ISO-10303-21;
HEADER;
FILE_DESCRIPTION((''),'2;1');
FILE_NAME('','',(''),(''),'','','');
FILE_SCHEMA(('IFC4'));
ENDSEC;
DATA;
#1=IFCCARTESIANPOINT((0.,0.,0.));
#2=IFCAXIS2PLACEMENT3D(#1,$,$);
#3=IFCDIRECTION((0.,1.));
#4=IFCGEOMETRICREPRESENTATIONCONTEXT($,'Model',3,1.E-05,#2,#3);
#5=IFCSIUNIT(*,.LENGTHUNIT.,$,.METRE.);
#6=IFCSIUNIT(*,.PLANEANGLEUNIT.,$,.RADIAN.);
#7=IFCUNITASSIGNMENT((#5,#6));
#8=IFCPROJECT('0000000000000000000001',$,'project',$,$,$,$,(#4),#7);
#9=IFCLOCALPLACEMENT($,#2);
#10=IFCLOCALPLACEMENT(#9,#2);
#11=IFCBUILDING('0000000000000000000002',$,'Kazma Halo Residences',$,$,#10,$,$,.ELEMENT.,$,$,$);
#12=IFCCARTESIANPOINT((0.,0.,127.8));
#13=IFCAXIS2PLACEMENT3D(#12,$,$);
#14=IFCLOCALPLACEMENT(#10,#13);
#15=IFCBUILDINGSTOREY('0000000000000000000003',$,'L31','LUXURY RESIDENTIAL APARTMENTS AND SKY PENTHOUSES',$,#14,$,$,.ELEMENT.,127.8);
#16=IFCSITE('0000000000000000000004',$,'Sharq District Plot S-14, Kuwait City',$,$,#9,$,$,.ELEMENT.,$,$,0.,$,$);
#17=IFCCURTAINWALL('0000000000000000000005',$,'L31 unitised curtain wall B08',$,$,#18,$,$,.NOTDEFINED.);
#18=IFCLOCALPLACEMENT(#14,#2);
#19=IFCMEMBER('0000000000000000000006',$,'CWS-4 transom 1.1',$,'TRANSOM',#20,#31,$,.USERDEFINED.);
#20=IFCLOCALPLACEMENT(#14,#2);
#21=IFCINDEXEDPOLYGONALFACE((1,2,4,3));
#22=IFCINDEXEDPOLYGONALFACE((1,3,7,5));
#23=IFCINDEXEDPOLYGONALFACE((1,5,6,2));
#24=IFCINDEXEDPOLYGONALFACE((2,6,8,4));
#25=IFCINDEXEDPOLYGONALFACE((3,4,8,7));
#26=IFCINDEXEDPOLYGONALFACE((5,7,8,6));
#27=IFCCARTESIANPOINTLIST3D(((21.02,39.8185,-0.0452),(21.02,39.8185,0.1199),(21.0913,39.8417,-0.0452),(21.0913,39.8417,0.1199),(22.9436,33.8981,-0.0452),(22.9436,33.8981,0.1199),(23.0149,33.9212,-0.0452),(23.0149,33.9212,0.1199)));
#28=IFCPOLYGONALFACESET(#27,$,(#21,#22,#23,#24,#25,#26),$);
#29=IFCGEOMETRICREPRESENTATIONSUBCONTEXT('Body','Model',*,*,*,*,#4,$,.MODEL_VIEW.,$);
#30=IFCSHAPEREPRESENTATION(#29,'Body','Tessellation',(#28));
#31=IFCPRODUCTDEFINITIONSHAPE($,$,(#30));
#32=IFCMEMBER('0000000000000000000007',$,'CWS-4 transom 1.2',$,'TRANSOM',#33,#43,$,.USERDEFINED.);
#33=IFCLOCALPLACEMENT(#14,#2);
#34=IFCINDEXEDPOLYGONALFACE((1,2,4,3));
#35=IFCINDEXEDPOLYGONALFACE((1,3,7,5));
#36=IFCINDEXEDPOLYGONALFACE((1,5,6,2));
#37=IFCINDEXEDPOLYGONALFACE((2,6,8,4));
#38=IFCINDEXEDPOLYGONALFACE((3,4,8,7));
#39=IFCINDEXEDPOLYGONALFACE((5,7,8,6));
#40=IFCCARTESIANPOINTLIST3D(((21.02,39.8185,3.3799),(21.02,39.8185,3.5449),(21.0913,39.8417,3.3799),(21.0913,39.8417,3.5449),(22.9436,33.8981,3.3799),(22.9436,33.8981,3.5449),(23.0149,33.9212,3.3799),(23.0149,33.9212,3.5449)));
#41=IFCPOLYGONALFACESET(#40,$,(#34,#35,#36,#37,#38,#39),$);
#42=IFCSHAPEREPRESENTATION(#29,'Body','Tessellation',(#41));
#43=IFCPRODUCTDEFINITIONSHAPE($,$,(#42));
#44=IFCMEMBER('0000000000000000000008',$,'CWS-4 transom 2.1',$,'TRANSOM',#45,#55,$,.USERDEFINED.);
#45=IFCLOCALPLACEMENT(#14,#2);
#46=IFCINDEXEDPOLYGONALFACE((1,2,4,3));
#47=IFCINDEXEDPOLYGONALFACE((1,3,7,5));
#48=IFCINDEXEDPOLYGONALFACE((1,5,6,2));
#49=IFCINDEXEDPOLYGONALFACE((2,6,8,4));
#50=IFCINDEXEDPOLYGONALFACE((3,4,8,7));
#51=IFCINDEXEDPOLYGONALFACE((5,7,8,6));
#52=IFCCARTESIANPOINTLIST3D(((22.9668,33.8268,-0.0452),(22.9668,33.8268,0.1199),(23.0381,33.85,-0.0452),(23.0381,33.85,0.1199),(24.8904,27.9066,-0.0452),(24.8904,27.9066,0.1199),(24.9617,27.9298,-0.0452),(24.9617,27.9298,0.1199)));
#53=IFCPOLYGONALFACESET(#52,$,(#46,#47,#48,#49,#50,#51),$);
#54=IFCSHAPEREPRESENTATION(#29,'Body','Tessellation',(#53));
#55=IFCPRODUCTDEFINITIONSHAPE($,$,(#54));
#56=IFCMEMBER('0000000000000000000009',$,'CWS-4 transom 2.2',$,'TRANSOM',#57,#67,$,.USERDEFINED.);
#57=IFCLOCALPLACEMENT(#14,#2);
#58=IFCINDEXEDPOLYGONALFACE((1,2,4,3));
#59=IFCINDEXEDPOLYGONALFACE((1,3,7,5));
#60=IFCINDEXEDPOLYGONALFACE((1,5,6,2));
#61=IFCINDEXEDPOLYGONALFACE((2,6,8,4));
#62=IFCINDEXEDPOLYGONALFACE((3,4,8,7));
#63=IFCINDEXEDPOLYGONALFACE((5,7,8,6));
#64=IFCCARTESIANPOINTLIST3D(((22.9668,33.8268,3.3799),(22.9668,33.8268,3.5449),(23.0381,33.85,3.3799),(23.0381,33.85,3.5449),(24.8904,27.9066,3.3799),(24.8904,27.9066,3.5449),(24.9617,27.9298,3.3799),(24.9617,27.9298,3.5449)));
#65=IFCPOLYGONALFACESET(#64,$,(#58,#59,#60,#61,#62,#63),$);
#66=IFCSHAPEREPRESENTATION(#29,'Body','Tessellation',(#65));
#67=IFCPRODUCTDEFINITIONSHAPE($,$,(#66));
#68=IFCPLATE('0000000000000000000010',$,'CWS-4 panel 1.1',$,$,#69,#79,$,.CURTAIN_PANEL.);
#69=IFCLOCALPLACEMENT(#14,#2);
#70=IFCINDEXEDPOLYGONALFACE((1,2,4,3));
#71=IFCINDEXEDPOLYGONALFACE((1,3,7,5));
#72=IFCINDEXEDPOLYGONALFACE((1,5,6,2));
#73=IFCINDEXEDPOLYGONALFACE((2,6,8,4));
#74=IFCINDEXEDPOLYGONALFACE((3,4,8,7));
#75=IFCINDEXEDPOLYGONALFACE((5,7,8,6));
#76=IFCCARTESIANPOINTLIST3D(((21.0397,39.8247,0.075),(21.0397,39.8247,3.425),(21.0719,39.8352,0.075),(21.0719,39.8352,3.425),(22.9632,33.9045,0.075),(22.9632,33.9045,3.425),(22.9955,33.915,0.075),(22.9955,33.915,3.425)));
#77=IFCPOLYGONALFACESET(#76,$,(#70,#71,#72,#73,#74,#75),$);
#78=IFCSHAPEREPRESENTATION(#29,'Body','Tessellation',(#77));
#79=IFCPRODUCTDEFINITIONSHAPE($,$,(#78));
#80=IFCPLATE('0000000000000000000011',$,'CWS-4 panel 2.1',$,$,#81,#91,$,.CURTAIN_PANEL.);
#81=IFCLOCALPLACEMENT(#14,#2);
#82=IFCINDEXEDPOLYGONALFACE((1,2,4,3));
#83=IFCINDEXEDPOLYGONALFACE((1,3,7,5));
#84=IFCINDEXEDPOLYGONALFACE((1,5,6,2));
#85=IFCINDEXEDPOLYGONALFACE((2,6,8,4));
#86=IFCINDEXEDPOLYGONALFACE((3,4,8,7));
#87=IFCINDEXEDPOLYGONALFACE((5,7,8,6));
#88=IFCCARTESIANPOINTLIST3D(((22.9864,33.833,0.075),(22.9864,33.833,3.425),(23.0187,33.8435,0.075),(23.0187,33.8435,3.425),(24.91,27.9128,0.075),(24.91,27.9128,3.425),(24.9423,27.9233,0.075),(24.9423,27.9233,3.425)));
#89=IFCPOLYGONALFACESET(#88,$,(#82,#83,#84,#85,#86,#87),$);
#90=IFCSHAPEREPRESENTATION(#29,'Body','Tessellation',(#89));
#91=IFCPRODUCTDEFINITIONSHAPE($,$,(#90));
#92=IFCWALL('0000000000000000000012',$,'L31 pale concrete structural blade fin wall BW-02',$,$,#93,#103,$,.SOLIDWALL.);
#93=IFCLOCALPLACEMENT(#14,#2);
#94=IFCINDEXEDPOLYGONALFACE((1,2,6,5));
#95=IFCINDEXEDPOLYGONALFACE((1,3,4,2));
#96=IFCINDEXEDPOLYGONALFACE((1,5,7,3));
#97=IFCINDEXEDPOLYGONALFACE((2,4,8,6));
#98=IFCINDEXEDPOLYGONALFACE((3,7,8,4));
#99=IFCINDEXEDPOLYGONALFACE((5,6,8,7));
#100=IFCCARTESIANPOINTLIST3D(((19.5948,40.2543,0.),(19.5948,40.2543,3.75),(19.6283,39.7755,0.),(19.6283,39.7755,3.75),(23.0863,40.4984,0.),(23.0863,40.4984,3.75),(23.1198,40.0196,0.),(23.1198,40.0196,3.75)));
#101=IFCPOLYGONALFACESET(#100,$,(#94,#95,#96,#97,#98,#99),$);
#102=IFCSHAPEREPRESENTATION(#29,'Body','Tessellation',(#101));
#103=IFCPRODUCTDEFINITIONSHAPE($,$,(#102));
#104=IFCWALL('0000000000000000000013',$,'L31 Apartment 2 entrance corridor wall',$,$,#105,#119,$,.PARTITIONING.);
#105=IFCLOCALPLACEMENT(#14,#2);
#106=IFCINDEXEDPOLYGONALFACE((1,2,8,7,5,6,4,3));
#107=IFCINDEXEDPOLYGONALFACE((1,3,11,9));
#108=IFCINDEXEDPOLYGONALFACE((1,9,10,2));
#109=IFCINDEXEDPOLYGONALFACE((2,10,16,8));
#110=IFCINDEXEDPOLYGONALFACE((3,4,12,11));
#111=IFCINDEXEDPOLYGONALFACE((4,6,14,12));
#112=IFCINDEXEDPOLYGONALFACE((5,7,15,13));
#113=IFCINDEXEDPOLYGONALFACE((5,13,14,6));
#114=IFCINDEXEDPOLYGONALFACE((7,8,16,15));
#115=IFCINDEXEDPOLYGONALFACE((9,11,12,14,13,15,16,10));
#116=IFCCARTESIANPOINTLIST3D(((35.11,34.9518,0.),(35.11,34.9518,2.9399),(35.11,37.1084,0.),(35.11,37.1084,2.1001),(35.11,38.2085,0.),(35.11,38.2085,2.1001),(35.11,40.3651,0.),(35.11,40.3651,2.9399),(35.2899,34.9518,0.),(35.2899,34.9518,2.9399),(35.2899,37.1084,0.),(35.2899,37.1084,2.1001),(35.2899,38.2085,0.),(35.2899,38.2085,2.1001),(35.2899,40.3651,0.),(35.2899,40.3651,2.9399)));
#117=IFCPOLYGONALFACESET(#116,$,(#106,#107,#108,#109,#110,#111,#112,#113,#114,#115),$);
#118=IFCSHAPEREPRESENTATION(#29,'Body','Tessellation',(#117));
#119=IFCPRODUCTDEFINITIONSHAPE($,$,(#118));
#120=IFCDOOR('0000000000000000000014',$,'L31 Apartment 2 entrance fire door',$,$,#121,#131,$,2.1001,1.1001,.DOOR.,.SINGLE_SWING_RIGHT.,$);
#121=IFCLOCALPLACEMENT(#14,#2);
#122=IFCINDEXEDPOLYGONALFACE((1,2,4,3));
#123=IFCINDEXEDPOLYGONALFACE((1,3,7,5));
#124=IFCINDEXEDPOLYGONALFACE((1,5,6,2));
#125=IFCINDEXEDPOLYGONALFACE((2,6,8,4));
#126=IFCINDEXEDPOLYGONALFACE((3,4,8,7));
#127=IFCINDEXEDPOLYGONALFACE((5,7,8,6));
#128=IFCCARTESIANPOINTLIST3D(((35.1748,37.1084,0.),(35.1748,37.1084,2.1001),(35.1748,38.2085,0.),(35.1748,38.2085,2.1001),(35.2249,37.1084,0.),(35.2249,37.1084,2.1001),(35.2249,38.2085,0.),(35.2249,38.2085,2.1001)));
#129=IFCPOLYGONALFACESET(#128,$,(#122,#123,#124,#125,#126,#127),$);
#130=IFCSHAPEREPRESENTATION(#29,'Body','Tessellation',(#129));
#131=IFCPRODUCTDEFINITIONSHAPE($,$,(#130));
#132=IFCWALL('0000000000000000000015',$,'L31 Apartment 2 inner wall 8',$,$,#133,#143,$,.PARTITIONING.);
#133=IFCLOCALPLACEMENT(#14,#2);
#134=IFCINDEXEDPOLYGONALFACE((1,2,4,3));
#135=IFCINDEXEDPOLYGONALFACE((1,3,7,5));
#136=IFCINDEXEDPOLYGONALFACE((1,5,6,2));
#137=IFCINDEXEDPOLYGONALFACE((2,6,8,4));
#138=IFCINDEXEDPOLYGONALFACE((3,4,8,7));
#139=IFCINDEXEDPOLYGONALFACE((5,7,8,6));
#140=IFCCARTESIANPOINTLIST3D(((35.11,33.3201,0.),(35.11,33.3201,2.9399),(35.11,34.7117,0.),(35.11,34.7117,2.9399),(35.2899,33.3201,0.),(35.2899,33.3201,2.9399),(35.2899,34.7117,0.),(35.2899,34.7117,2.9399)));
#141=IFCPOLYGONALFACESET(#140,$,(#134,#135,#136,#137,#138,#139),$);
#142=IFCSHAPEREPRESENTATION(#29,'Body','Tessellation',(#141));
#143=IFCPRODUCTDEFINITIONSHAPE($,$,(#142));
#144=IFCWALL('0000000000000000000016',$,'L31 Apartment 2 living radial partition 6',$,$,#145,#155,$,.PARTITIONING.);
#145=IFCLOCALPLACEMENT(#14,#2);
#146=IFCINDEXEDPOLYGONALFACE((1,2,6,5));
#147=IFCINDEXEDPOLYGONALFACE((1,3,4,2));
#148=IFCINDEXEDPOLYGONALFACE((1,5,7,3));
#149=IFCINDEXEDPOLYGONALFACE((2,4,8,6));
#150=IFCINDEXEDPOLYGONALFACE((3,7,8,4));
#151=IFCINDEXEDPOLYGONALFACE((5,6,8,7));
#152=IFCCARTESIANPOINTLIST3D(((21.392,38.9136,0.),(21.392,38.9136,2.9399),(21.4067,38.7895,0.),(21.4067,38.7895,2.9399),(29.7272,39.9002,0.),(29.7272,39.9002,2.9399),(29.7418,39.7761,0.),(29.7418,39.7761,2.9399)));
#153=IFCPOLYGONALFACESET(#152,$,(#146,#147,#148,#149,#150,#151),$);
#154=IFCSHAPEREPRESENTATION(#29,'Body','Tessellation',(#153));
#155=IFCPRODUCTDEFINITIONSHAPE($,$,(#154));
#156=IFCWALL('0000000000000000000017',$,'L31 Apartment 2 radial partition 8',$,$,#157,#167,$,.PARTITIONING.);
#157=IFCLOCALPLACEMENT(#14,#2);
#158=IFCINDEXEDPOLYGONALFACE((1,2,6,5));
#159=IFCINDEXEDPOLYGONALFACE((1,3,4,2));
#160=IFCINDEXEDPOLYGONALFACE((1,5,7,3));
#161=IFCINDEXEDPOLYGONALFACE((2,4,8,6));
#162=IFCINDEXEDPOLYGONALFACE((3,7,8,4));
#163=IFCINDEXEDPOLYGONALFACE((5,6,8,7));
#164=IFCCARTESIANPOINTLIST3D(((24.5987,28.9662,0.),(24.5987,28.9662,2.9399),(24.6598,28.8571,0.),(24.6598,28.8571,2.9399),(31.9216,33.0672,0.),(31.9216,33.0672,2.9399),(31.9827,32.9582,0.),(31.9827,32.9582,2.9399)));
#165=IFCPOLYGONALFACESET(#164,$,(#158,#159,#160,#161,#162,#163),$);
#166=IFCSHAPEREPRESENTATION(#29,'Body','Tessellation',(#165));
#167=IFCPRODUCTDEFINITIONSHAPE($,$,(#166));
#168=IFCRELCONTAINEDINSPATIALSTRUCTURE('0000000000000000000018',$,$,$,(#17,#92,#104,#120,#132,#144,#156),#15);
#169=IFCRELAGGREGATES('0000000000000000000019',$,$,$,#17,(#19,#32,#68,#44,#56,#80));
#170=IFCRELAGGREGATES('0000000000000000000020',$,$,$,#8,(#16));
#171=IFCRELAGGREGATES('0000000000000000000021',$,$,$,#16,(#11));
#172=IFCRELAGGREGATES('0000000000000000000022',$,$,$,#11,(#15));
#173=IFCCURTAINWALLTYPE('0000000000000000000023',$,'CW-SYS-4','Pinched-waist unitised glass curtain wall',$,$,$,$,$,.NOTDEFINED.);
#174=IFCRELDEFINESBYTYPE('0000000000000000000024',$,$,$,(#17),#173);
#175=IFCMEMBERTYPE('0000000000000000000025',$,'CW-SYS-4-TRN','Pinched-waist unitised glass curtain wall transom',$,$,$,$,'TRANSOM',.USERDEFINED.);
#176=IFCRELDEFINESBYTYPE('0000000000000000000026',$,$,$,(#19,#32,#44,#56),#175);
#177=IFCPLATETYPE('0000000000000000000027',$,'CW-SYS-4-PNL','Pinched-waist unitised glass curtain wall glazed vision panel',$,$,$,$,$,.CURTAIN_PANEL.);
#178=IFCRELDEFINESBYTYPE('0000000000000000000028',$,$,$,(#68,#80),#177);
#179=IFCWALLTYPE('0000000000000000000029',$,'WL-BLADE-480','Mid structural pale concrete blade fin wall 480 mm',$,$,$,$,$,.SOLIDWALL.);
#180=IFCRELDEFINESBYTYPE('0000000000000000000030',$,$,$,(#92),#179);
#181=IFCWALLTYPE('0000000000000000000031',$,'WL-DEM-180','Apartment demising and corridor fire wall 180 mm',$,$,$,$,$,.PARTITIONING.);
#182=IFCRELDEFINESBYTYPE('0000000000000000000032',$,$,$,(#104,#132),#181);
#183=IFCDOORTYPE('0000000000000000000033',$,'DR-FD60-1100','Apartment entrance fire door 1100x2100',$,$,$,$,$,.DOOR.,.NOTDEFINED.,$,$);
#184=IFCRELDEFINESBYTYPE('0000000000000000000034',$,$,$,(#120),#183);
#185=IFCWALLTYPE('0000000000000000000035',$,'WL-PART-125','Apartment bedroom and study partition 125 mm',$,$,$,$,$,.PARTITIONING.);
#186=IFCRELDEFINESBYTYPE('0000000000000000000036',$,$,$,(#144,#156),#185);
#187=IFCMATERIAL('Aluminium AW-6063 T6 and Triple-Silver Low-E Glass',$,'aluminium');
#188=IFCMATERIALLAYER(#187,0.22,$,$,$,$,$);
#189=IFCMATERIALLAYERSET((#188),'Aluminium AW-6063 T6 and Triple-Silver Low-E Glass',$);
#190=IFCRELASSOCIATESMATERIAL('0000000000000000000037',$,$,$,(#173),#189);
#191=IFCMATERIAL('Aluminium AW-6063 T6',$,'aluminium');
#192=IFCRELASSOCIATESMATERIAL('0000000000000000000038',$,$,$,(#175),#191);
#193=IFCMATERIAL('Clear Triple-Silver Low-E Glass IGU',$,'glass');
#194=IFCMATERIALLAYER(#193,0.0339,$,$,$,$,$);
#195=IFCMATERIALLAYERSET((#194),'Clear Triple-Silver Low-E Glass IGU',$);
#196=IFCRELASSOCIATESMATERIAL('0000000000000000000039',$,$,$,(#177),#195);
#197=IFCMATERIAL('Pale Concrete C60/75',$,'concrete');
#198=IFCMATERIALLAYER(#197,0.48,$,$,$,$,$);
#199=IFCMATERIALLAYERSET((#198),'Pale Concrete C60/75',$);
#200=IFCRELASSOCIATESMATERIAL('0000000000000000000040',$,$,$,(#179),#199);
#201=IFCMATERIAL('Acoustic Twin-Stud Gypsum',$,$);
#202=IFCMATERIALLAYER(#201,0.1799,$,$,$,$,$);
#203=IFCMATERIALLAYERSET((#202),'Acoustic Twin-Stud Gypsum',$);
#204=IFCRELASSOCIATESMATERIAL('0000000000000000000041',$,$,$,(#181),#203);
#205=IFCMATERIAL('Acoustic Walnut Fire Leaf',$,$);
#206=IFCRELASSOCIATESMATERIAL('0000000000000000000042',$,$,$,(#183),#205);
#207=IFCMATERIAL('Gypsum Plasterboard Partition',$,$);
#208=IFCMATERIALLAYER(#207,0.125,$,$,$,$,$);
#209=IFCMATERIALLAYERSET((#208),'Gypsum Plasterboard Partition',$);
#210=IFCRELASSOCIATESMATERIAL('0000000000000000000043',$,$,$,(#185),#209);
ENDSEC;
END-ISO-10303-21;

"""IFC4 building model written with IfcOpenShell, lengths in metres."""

from ifc_helpers import new_model, si_unit, direction, frame, frame_2d, origin, origin_2d, place, context, subcontext, project, spatial, rectangle, extrude, material, layer, layer_set, material_profile, profile_set, type_object, element, fill, aggregate, save


model = new_model("IFC4")

# Units and contexts
model_context = context("Model", 3, precision=1e-05, world=origin(), true_north=direction((0.0, 1.0)))
body_context = subcontext(model_context, "Body", "Model", "MODEL_VIEW")
ifc_project = project(units=[si_unit("LENGTHUNIT", "METRE"), si_unit("PLANEANGLEUNIT", "RADIAN")], contexts=[model_context])

# Site, building, storey
site_placement = place(None, origin())
site = spatial("IfcSite", under=ifc_project, at=site_placement, Name="Sharq District Plot S-14, Kuwait City", CompositionType="ELEMENT", RefElevation=0.0)
building_placement = place(site_placement, origin())
building = spatial("IfcBuilding", under=site, at=building_placement, Name="Kazma Halo Residences", CompositionType="ELEMENT")
storey_placement = place(building_placement, frame((0.0, 0.0, 127.8)))
storey = spatial("IfcBuildingStorey", under=building, at=storey_placement, Name="L31", Description="LUXURY RESIDENTIAL APARTMENTS AND SKY PENTHOUSES", CompositionType="ELEMENT", Elevation=127.8)

# Shared definitions
ifc_material_1 = material(Name="Aluminium AW-6063 T6 and Triple-Silver Low-E Glass", Category="aluminium")
ifc_layer_1 = layer(ifc_material_1, 0.22)
ifc_layer_set_1 = layer_set([ifc_layer_1], Name="Aluminium AW-6063 T6 and Triple-Silver Low-E Glass")
curtain_wall_type = type_object("IfcCurtainWallType", Name="CW-SYS-4", Description="Pinched-waist unitised glass curtain wall", PredefinedType="NOTDEFINED", material=ifc_layer_set_1)
ifc_material_2 = material(Name="Aluminium AW-6063 T6", Category="aluminium")

# Curtain wall, members, plates
curtain_wall_1_placement = place(storey_placement, origin())
curtain_wall_1 = element("IfcCurtainWall", 1, at=curtain_wall_1_placement, inside=storey, type_object=curtain_wall_type, Name="L31 unitised curtain wall B08", PredefinedType="NOTDEFINED")
ifc_material_profile_1 = material_profile(ifc_material_2, rectangle(XDim=0.075, YDim=0.165, at=origin_2d()), Name="CWT-75x165")
ifc_profile_set_1 = profile_set([ifc_material_profile_1], Name="Aluminium AW-6063 T6")
member_type_1 = type_object("IfcMemberType", Name="CW-SYS-4-TRN", Description="Pinched-waist unitised glass curtain wall transom", ElementType="TRANSOM", PredefinedType="USERDEFINED", material=ifc_profile_set_1)
member_1_placement = place(storey_placement, frame((21.0557, 39.8301, 0.0374), z_axis=(0.309006, -0.95106, 0.0), x_axis=(0.95106, 0.309006, 0.0)))
member_1 = element("IfcMember", 2, at=member_1_placement, type_object=member_type_1, Name="CWS-4 transom 1.1", ObjectType="TRANSOM", PredefinedType="USERDEFINED", context=body_context, shape_type="SweptSolid", body=[
    extrude(rectangle(XDim=0.075, YDim=0.165, at=origin_2d()), origin(), (0.0, 0.0, 1.0), 6.2251),
])
member_2_placement = place(storey_placement, frame((21.0557, 39.8301, 3.4624), z_axis=(0.309006, -0.95106, 0.0), x_axis=(0.95106, 0.309006, 0.0)))
member_2 = element("IfcMember", 3, at=member_2_placement, type_object=member_type_1, Name="CWS-4 transom 1.2", ObjectType="TRANSOM", PredefinedType="USERDEFINED", context=body_context, shape_type="SweptSolid", body=[
    extrude(rectangle(XDim=0.075, YDim=0.165, at=origin_2d()), origin(), (0.0, 0.0, 1.0), 6.2251),
])
member_3_placement = place(storey_placement, frame((23.0024, 33.8384, 0.0374), z_axis=(0.309018, -0.951056, 0.0), x_axis=(0.951056, 0.309018, 0.0)))
member_3 = element("IfcMember", 4, at=member_3_placement, type_object=member_type_1, Name="CWS-4 transom 2.1", ObjectType="TRANSOM", PredefinedType="USERDEFINED", context=body_context, shape_type="SweptSolid", body=[
    extrude(rectangle(XDim=0.075, YDim=0.165, at=origin_2d()), origin(), (0.0, 0.0, 1.0), 6.2249),
])
member_4_placement = place(storey_placement, frame((23.0024, 33.8384, 3.4624), z_axis=(0.309018, -0.951056, 0.0), x_axis=(0.951056, 0.309018, 0.0)))
member_4 = element("IfcMember", 5, at=member_4_placement, type_object=member_type_1, Name="CWS-4 transom 2.2", ObjectType="TRANSOM", PredefinedType="USERDEFINED", context=body_context, shape_type="SweptSolid", body=[
    extrude(rectangle(XDim=0.075, YDim=0.165, at=origin_2d()), origin(), (0.0, 0.0, 1.0), 6.2249),
])
ifc_material_3 = material(Name="Clear Triple-Silver Low-E Glass IGU", Category="glass")
ifc_layer_2 = layer(ifc_material_3, 0.0339)
ifc_layer_set_2 = layer_set([ifc_layer_2], Name="Clear Triple-Silver Low-E Glass IGU")
plate_type = type_object("IfcPlateType", Name="CW-SYS-4-PNL", Description="Pinched-waist unitised glass curtain wall glazed vision panel", PredefinedType="CURTAIN_PANEL", material=ifc_layer_set_2)
plate_1_placement = place(storey_placement, frame((22.0176, 36.8699, 0.075), z_axis=(0.0, 0.0, 1.0), x_axis=(0.309014, -0.951058, 0.0)))
plate_1 = element("IfcPlate", 6, at=plate_1_placement, type_object=plate_type, Name="CWS-4 panel 1.1", PredefinedType="CURTAIN_PANEL", context=body_context, shape_type="SweptSolid", body=[
    extrude(rectangle(XDim=6.2249, YDim=0.0339, at=origin_2d()), origin(), (0.0, 0.0, 1.0), 3.3501),
])
plate_2_placement = place(storey_placement, frame((23.9644, 30.8782, 0.075), z_axis=(0.0, 0.0, 1.0), x_axis=(0.309014, -0.951058, 0.0)))
plate_2 = element("IfcPlate", 7, at=plate_2_placement, type_object=plate_type, Name="CWS-4 panel 2.1", PredefinedType="CURTAIN_PANEL", context=body_context, shape_type="SweptSolid", body=[
    extrude(rectangle(XDim=6.2249, YDim=0.0339, at=origin_2d()), origin(), (0.0, 0.0, 1.0), 3.3501),
])
aggregate(curtain_wall_1, [member_1, member_2, plate_1, member_3, member_4, plate_2])

# Wall
ifc_material_4 = material(Name="Pale Concrete C60/75", Category="concrete")
ifc_layer_3 = layer(ifc_material_4, 0.48)
ifc_layer_set_3 = layer_set([ifc_layer_3], Name="Pale Concrete C60/75")
wall_type_1 = type_object("IfcWallType", Name="WL-BLADE-480", Description="Mid structural pale concrete blade fin wall 480 mm", PredefinedType="SOLIDWALL", material=ifc_layer_set_3)
wall_1_placement = place(storey_placement, frame((23.103, 40.259, 0.0), z_axis=(0.0, 0.0, 1.0), x_axis=(-0.997564, -0.069755, 0.0)))
element("IfcWall", 8, at=wall_1_placement, inside=storey, type_object=wall_type_1, Name="L31 pale concrete structural blade fin wall BW-02", PredefinedType="SOLIDWALL", context=body_context, shape_type="SweptSolid", body=[
    extrude(rectangle(XDim=3.5, YDim=0.48, at=frame_2d((1.75, 0.0))), origin(), (0.0, 0.0, 1.0), 3.75),
])

# Wall, opening, door
ifc_material_5 = material(Name="Acoustic Twin-Stud Gypsum")
ifc_layer_4 = layer(ifc_material_5, 0.1799)
ifc_layer_set_4 = layer_set([ifc_layer_4], Name="Acoustic Twin-Stud Gypsum")
wall_type_2 = type_object("IfcWallType", Name="WL-DEM-180", Description="Apartment demising and corridor fire wall 180 mm", PredefinedType="PARTITIONING", material=ifc_layer_set_4)
wall_2_placement = place(storey_placement, frame((35.2, 40.365, 0.0), z_axis=(0.0, 0.0, 1.0), x_axis=(0.0, -1.0, 0.0)))
wall_2 = element("IfcWall", 9, at=wall_2_placement, inside=storey, type_object=wall_type_2, Name="L31 Apartment 2 entrance corridor wall", PredefinedType="PARTITIONING", context=body_context, shape_type="SweptSolid", body=[
    extrude(rectangle(XDim=5.4133, YDim=0.1799, at=frame_2d((2.7065, 0.0))), origin(), (0.0, 0.0, 1.0), 2.9399),
])
opening_1_placement = place(wall_2_placement, frame((2.1565, 0.0, 0.0)))
opening_1 = element("IfcOpeningElement", 10, at=opening_1_placement, cuts=wall_2, PredefinedType="OPENING", context=body_context, shape_type="SweptSolid", body=[
    extrude(rectangle(XDim=1.1001, YDim=2.1001, at=frame_2d((0.55, 1.05))), frame((0.0, 0.0999, 0.0), z_axis=(0.0, -1.0, 0.0), x_axis=(1.0, 0.0, 0.0)), (0.0, 0.0, 1.0), 0.2),
])
ifc_material_6 = material(Name="Acoustic Walnut Fire Leaf")
door_type_1 = type_object("IfcDoorType", Name="DR-FD60-1100", Description="Apartment entrance fire door 1100x2100", OperationType="NOTDEFINED", PredefinedType="DOOR", material=ifc_material_6)
door_1_placement = place(opening_1_placement, origin())
door_1 = element("IfcDoor", 11, at=door_1_placement, inside=storey, type_object=door_type_1, Name="L31 Apartment 2 entrance fire door", OperationType="SINGLE_SWING_RIGHT", OverallHeight=2.1001, OverallWidth=1.1001, PredefinedType="DOOR", context=body_context, shape_type="SweptSolid", body=[
    extrude(rectangle(XDim=1.1001, YDim=2.1001, at=frame_2d((0.55, 1.05))), frame((0.0, 0.0249, 0.0), z_axis=(0.0, -1.0, 0.0), x_axis=(1.0, 0.0, 0.0)), (0.0, 0.0, 1.0), 0.05),
])
fill(opening_1, door_1)

# Walls
wall_3_placement = place(storey_placement, frame((35.2, 34.7117, 0.0), z_axis=(0.0, 0.0, 1.0), x_axis=(0.0, -1.0, 0.0)))
element("IfcWall", 12, at=wall_3_placement, inside=storey, type_object=wall_type_2, Name="L31 Apartment 2 inner wall 8", PredefinedType="PARTITIONING", context=body_context, shape_type="SweptSolid", body=[
    extrude(rectangle(XDim=1.3916, YDim=0.1799, at=frame_2d((0.6958, 0.0))), origin(), (0.0, 0.0, 1.0), 2.9399),
])
ifc_material_7 = material(Name="Gypsum Plasterboard Partition")
ifc_layer_5 = layer(ifc_material_7, 0.125)
ifc_layer_set_5 = layer_set([ifc_layer_5], Name="Gypsum Plasterboard Partition")
wall_type_3 = type_object("IfcWallType", Name="WL-PART-125", Description="Apartment bedroom and study partition 125 mm", PredefinedType="PARTITIONING", material=ifc_layer_set_5)
wall_4_placement = place(storey_placement, frame((29.7346, 39.8381, 0.0), z_axis=(0.0, 0.0, 1.0), x_axis=(-0.993068, -0.117542, 0.0)))
element("IfcWall", 13, at=wall_4_placement, inside=storey, type_object=wall_type_3, Name="L31 Apartment 2 living radial partition 6", PredefinedType="PARTITIONING", context=body_context, shape_type="SweptSolid", body=[
    extrude(rectangle(XDim=8.3933, YDim=0.125, at=frame_2d((4.1968, 0.0))), origin(), (0.0, 0.0, 1.0), 2.9399),
])
wall_5_placement = place(storey_placement, frame((31.9521, 33.0127, 0.0), z_axis=(0.0, 0.0, 1.0), x_axis=(-0.872496, -0.488621, 0.0)))
element("IfcWall", 14, at=wall_5_placement, inside=storey, type_object=wall_type_3, Name="L31 Apartment 2 radial partition 8", PredefinedType="PARTITIONING", context=body_context, shape_type="SweptSolid", body=[
    extrude(rectangle(XDim=8.3931, YDim=0.125, at=frame_2d((4.1965, 0.0))), origin(), (0.0, 0.0, 1.0), 2.9399),
])

save(model, "model.ifc")
